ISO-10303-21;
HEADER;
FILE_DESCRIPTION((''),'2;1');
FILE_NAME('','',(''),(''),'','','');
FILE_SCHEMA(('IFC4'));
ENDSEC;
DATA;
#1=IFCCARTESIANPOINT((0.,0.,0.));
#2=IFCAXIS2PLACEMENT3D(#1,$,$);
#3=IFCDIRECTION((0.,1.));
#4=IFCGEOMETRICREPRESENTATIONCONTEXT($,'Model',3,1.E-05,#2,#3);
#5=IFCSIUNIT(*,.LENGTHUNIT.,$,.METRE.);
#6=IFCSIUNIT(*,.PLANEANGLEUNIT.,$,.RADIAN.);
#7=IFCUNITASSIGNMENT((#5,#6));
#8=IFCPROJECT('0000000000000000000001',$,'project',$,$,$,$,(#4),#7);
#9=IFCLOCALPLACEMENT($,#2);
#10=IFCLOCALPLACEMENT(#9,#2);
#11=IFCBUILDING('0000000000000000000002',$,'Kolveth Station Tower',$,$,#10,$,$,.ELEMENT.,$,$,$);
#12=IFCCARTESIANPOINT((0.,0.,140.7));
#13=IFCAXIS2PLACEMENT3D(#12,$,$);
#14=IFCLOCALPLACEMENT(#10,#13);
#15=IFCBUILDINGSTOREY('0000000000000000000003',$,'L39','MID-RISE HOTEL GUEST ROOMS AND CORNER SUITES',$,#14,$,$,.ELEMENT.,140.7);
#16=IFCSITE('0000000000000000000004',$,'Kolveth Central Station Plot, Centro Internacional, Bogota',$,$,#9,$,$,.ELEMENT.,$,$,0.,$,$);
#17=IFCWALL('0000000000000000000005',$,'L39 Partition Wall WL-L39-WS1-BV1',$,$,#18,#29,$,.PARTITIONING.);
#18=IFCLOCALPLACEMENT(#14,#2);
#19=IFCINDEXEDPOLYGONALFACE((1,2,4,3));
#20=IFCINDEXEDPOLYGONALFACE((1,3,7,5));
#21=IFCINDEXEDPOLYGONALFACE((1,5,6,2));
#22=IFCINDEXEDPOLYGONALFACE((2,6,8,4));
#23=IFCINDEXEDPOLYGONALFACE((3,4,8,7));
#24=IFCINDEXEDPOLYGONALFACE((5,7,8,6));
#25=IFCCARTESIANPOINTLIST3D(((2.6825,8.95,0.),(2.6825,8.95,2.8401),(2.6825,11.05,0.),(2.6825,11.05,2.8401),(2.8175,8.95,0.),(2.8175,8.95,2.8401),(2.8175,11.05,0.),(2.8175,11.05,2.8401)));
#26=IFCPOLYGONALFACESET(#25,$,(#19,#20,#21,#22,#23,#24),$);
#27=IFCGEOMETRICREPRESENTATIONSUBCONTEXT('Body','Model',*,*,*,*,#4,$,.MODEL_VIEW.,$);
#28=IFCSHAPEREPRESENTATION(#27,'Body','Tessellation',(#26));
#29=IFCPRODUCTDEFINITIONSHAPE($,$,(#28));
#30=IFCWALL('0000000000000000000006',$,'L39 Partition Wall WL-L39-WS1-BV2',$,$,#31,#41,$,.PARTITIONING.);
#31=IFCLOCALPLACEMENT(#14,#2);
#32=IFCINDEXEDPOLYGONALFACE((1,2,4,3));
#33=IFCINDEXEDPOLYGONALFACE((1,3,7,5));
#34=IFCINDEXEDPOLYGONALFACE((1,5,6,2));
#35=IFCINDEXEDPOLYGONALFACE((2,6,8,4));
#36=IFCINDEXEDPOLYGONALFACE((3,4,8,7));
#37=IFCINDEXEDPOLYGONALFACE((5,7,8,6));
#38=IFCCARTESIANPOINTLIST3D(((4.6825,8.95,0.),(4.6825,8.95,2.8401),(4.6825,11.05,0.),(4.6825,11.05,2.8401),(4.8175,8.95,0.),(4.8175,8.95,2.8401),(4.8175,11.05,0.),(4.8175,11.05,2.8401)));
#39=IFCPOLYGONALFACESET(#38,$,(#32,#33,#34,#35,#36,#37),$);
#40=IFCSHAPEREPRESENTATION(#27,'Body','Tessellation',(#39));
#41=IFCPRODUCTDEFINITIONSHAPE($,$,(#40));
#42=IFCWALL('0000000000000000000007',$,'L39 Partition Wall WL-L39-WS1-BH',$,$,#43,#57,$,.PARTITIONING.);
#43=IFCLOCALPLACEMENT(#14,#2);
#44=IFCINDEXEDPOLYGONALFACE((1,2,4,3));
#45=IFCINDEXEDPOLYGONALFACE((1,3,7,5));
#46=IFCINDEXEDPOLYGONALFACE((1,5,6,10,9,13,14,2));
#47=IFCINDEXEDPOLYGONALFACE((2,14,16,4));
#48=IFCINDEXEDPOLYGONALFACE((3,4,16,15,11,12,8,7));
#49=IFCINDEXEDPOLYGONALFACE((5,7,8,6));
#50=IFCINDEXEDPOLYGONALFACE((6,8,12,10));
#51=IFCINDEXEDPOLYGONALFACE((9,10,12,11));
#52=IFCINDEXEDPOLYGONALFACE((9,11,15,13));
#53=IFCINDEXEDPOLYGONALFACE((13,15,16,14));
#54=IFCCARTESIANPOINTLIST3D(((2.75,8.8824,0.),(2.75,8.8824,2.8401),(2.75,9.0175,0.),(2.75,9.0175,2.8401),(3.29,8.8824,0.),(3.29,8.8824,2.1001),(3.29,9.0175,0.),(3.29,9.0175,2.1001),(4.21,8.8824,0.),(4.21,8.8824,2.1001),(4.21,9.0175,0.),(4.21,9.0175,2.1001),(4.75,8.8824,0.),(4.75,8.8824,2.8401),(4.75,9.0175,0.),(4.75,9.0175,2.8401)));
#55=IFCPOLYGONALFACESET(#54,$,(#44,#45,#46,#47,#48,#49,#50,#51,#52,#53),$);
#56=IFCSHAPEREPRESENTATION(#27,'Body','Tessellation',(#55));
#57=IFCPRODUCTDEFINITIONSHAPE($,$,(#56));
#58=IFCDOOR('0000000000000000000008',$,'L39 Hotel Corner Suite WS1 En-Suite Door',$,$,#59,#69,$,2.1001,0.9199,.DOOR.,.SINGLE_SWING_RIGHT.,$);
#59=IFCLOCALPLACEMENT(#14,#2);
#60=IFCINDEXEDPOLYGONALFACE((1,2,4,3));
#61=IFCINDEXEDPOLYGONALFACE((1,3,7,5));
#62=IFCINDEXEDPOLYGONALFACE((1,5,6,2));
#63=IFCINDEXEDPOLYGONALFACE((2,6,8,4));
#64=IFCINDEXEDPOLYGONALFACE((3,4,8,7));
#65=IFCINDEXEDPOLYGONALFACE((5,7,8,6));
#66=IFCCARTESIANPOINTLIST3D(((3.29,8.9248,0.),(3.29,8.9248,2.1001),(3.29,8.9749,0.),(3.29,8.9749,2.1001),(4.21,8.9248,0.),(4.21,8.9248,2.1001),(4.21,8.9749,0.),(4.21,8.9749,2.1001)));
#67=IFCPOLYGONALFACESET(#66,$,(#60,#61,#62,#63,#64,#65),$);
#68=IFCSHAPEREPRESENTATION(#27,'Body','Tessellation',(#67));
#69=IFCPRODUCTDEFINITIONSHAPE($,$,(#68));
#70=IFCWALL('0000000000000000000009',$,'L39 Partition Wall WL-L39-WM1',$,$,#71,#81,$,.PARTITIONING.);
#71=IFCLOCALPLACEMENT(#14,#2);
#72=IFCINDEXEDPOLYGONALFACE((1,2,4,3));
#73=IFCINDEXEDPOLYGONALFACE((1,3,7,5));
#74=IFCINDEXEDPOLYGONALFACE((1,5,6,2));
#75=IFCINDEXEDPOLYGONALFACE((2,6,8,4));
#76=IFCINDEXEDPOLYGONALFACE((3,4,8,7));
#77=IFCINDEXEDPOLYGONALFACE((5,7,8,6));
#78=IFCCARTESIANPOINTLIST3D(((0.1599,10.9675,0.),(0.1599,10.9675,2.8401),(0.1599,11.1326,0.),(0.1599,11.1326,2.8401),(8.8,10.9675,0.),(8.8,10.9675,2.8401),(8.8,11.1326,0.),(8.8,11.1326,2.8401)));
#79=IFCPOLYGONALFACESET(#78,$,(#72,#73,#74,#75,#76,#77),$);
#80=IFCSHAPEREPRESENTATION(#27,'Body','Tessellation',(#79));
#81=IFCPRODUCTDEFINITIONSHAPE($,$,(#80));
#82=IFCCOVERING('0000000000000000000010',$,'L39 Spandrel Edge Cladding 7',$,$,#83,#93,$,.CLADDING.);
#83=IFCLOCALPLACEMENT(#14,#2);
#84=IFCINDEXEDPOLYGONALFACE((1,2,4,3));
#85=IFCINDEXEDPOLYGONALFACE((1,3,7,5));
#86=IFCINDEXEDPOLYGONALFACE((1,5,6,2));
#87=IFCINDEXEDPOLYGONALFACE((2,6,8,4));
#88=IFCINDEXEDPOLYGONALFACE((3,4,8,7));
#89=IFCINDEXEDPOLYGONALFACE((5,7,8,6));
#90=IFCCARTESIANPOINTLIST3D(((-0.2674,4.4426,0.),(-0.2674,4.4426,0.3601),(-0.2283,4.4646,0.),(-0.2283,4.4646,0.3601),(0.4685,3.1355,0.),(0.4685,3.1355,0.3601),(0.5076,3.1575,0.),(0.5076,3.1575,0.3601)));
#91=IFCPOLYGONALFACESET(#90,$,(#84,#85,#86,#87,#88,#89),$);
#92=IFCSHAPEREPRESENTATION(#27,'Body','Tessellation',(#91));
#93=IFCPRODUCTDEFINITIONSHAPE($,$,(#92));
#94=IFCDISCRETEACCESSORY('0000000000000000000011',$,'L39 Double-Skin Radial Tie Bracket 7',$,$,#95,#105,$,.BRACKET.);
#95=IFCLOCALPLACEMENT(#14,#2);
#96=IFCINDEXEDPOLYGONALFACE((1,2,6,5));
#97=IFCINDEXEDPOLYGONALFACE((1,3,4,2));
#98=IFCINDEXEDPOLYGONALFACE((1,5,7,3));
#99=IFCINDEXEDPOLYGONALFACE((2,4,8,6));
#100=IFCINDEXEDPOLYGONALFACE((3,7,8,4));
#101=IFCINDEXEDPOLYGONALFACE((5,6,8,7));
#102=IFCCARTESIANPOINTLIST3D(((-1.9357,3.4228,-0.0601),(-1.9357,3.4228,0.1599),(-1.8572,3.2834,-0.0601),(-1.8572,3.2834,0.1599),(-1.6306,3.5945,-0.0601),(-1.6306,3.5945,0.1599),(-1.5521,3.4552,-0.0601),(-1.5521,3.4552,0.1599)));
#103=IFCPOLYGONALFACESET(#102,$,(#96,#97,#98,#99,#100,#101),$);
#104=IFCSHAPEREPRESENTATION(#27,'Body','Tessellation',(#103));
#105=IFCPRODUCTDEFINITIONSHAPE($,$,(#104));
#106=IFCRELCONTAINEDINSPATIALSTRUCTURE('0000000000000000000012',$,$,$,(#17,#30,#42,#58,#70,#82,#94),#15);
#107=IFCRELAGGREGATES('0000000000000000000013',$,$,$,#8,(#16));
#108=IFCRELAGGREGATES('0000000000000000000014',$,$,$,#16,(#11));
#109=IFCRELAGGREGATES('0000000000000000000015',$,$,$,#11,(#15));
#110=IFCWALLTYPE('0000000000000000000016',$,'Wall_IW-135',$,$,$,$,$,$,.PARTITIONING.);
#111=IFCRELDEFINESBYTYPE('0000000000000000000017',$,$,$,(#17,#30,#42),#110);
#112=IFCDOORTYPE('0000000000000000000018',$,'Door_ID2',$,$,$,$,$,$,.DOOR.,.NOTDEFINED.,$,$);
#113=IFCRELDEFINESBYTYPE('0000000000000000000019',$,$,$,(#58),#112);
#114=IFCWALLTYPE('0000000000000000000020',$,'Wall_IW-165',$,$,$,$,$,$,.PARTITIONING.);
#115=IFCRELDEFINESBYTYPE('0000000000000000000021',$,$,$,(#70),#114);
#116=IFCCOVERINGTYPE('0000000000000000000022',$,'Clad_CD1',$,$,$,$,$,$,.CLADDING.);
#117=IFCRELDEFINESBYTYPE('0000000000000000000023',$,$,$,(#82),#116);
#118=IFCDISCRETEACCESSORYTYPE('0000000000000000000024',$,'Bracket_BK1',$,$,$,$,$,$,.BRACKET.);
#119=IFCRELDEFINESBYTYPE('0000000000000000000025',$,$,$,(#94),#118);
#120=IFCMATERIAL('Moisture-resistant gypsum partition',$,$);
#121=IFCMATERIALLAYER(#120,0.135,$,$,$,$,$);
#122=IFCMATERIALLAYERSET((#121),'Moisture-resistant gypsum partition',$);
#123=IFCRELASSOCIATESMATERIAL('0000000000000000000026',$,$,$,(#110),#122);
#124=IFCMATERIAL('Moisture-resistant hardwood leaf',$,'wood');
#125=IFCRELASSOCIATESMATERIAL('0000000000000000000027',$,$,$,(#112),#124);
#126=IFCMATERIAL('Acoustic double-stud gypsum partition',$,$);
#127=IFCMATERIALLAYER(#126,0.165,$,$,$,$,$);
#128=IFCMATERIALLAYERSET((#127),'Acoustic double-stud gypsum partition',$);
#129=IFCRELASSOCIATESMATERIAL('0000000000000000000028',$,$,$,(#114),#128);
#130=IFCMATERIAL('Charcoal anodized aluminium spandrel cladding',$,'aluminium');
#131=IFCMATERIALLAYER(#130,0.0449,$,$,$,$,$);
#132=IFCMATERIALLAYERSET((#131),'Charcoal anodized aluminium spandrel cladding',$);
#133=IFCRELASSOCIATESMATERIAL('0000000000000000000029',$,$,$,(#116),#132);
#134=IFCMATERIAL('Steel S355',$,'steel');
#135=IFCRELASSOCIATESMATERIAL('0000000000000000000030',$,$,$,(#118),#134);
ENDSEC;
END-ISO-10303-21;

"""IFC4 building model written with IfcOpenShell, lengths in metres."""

from ifc_helpers import new_model, si_unit, direction, frame, frame_2d, origin, origin_2d, place, context, subcontext, project, spatial, rectangle, extrude, source, transform, mapped, material, layer, layer_set, type_object, element, fill, save


model = new_model("IFC4")

# Units and contexts
model_context = context("Model", 3, precision=1e-05, world=origin(), true_north=direction((0.0, 1.0)))
body_context = subcontext(model_context, "Body", "Model", "MODEL_VIEW")
ifc_project = project(units=[si_unit("LENGTHUNIT", "METRE"), si_unit("PLANEANGLEUNIT", "RADIAN")], contexts=[model_context])

# Site, building, storey
site_placement = place(None, origin())
site = spatial("IfcSite", under=ifc_project, at=site_placement, Name="Kolveth Central Station Plot, Centro Internacional, Bogota", CompositionType="ELEMENT", RefElevation=0.0)
building_placement = place(site_placement, origin())
building = spatial("IfcBuilding", under=site, at=building_placement, Name="Kolveth Station Tower", CompositionType="ELEMENT")
storey_placement = place(building_placement, frame((0.0, 0.0, 140.7)))
storey = spatial("IfcBuildingStorey", under=building, at=storey_placement, Name="L39", Description="MID-RISE HOTEL GUEST ROOMS AND CORNER SUITES", CompositionType="ELEMENT", Elevation=140.7)

# Shared definitions
ifc_material_1 = material(Name="Steel S355", Category="steel")

# Walls
ifc_material_2 = material(Name="Moisture-resistant gypsum partition")
ifc_layer_1 = layer(ifc_material_2, 0.135)
ifc_layer_set_1 = layer_set([ifc_layer_1], Name="Moisture-resistant gypsum partition")
wall_type_1 = type_object("IfcWallType", Name="Wall_IW-135", PredefinedType="PARTITIONING", material=ifc_layer_set_1)
for number, where, z_axis, x_axis, name in (
    (1, (2.75, 8.95, 0.0), (0.0, 0.0, 1.0), (0.0, 1.0, 0.0), "L39 Partition Wall WL-L39-WS1-BV1"),
    (2, (4.75, 8.95, 0.0), (0.0, 0.0, 1.0), (0.0, 1.0, 0.0), "L39 Partition Wall WL-L39-WS1-BV2"),
):
    element("IfcWall", number, at=place(storey_placement, frame(where, z_axis=z_axis, x_axis=x_axis)), inside=storey, type_object=wall_type_1, Name=name, PredefinedType="PARTITIONING", context=body_context, shape_type="SweptSolid", body=[
        extrude(rectangle(XDim=2.1001, YDim=0.135, at=frame_2d((1.05, 0.0))), origin(), (0.0, 0.0, 1.0), 2.8401),
    ])

# Wall, opening, door
wall_1_placement = place(storey_placement, frame((2.75, 8.95, 0.0), z_axis=(0.0, 0.0, 1.0), x_axis=(1.0, 0.0, 0.0)))
wall_1 = element("IfcWall", 3, at=wall_1_placement, inside=storey, type_object=wall_type_1, Name="L39 Partition Wall WL-L39-WS1-BH", PredefinedType="PARTITIONING", context=body_context, shape_type="SweptSolid", body=[
    extrude(rectangle(XDim=2.0, YDim=0.135, at=frame_2d((1.0, 0.0))), origin(), (0.0, 0.0, 1.0), 2.8401),
])
opening_placement = place(wall_1_placement, frame((0.54, 0.0, 0.0)))
opening = element("IfcOpeningElement", 4, at=opening_placement, cuts=wall_1, PredefinedType="OPENING", context=body_context, shape_type="SweptSolid", body=[
    extrude(rectangle(XDim=0.9199, YDim=2.1001, at=frame_2d((0.46, 1.05))), frame((0.0, 0.0774, 0.0), z_axis=(0.0, -1.0, 0.0), x_axis=(1.0, 0.0, 0.0)), (0.0, 0.0, 1.0), 0.155),
])
ifc_material_3 = material(Name="Moisture-resistant hardwood leaf", Category="wood")
door_type = type_object("IfcDoorType", Name="Door_ID2", OperationType="NOTDEFINED", PredefinedType="DOOR", material=ifc_material_3)
door_placement = place(opening_placement, origin())
door = element("IfcDoor", 5, at=door_placement, inside=storey, type_object=door_type, Name="L39 Hotel Corner Suite WS1 En-Suite Door", OperationType="SINGLE_SWING_RIGHT", OverallHeight=2.1001, OverallWidth=0.9199, PredefinedType="DOOR", context=body_context, shape_type="SweptSolid", body=[
    extrude(rectangle(XDim=0.9199, YDim=2.1001, at=frame_2d((0.46, 1.05))), frame((0.0, 0.0249, 0.0), z_axis=(0.0, -1.0, 0.0), x_axis=(1.0, 0.0, 0.0)), (0.0, 0.0, 1.0), 0.05),
])
fill(opening, door)

# Wall
ifc_material_4 = material(Name="Acoustic double-stud gypsum partition")
ifc_layer_2 = layer(ifc_material_4, 0.165)
ifc_layer_set_2 = layer_set([ifc_layer_2], Name="Acoustic double-stud gypsum partition")
wall_type_2 = type_object("IfcWallType", Name="Wall_IW-165", PredefinedType="PARTITIONING", material=ifc_layer_set_2)
wall_2_placement = place(storey_placement, frame((0.1599, 11.05, 0.0), z_axis=(0.0, 0.0, 1.0), x_axis=(1.0, 0.0, 0.0)))
element("IfcWall", 6, at=wall_2_placement, inside=storey, type_object=wall_type_2, Name="L39 Partition Wall WL-L39-WM1", PredefinedType="PARTITIONING", context=body_context, shape_type="SweptSolid", body=[
    extrude(rectangle(XDim=8.6401, YDim=0.165, at=frame_2d((4.3201, 0.0))), origin(), (0.0, 0.0, 1.0), 2.8401),
])

# Covering
ifc_material_5 = material(Name="Charcoal anodized aluminium spandrel cladding", Category="aluminium")
ifc_layer_3 = layer(ifc_material_5, 0.0449)
ifc_layer_set_3 = layer_set([ifc_layer_3], Name="Charcoal anodized aluminium spandrel cladding")
covering_type = type_object("IfcCoveringType", Name="Clad_CD1", PredefinedType="CLADDING", material=ifc_layer_set_3)
shared_shape_1 = source(origin(), body_context, "Body", "SweptSolid", [
    extrude(rectangle(XDim=1.5, YDim=0.0449, at=origin_2d()), origin(), (0.0, 0.0, 1.0), 0.3601),
])
covering_placement = place(storey_placement, frame((0.1201, 3.8, 0.0), z_axis=(0.0, 0.0, 1.0), x_axis=(0.4906, -0.871385, 0.0)))
element("IfcCovering", 7, at=covering_placement, inside=storey, type_object=covering_type, Name="L39 Spandrel Edge Cladding 7", PredefinedType="CLADDING", context=body_context, shape_type="MappedRepresentation", body=[
    mapped(shared_shape_1, transform((0.0, 0.0, 0.0), x_axis=(1.0, 0.0, 0.0), y_axis=(0.0, 1.0, 0.0), z_axis=(0.0, 0.0, 1.0), scale=1.0)),
])

# Discrete accessory
discrete_accessory_type = type_object("IfcDiscreteAccessoryType", Name="Bracket_BK1", PredefinedType="BRACKET", material=ifc_material_1)
shared_shape_2 = source(origin(), body_context, "Body", "SweptSolid", [
    extrude(rectangle(XDim=0.3501, YDim=0.1599, at=origin_2d()), origin(), (0.0, 0.0, 1.0), 0.22),
])
discrete_accessory_placement = place(storey_placement, frame((-1.7439, 3.439, -0.0601), z_axis=(0.0, 0.0, 1.0), x_axis=(-0.871385, -0.4906, 0.0)))
element("IfcDiscreteAccessory", 8, at=discrete_accessory_placement, inside=storey, type_object=discrete_accessory_type, Name="L39 Double-Skin Radial Tie Bracket 7", PredefinedType="BRACKET", context=body_context, shape_type="MappedRepresentation", body=[
    mapped(shared_shape_2, transform((0.0, 0.0, 0.0), x_axis=(1.0, 0.0, 0.0), y_axis=(0.0, 1.0, 0.0), z_axis=(0.0, 0.0, 1.0), scale=1.0)),
])

save(model, "model.ifc")
